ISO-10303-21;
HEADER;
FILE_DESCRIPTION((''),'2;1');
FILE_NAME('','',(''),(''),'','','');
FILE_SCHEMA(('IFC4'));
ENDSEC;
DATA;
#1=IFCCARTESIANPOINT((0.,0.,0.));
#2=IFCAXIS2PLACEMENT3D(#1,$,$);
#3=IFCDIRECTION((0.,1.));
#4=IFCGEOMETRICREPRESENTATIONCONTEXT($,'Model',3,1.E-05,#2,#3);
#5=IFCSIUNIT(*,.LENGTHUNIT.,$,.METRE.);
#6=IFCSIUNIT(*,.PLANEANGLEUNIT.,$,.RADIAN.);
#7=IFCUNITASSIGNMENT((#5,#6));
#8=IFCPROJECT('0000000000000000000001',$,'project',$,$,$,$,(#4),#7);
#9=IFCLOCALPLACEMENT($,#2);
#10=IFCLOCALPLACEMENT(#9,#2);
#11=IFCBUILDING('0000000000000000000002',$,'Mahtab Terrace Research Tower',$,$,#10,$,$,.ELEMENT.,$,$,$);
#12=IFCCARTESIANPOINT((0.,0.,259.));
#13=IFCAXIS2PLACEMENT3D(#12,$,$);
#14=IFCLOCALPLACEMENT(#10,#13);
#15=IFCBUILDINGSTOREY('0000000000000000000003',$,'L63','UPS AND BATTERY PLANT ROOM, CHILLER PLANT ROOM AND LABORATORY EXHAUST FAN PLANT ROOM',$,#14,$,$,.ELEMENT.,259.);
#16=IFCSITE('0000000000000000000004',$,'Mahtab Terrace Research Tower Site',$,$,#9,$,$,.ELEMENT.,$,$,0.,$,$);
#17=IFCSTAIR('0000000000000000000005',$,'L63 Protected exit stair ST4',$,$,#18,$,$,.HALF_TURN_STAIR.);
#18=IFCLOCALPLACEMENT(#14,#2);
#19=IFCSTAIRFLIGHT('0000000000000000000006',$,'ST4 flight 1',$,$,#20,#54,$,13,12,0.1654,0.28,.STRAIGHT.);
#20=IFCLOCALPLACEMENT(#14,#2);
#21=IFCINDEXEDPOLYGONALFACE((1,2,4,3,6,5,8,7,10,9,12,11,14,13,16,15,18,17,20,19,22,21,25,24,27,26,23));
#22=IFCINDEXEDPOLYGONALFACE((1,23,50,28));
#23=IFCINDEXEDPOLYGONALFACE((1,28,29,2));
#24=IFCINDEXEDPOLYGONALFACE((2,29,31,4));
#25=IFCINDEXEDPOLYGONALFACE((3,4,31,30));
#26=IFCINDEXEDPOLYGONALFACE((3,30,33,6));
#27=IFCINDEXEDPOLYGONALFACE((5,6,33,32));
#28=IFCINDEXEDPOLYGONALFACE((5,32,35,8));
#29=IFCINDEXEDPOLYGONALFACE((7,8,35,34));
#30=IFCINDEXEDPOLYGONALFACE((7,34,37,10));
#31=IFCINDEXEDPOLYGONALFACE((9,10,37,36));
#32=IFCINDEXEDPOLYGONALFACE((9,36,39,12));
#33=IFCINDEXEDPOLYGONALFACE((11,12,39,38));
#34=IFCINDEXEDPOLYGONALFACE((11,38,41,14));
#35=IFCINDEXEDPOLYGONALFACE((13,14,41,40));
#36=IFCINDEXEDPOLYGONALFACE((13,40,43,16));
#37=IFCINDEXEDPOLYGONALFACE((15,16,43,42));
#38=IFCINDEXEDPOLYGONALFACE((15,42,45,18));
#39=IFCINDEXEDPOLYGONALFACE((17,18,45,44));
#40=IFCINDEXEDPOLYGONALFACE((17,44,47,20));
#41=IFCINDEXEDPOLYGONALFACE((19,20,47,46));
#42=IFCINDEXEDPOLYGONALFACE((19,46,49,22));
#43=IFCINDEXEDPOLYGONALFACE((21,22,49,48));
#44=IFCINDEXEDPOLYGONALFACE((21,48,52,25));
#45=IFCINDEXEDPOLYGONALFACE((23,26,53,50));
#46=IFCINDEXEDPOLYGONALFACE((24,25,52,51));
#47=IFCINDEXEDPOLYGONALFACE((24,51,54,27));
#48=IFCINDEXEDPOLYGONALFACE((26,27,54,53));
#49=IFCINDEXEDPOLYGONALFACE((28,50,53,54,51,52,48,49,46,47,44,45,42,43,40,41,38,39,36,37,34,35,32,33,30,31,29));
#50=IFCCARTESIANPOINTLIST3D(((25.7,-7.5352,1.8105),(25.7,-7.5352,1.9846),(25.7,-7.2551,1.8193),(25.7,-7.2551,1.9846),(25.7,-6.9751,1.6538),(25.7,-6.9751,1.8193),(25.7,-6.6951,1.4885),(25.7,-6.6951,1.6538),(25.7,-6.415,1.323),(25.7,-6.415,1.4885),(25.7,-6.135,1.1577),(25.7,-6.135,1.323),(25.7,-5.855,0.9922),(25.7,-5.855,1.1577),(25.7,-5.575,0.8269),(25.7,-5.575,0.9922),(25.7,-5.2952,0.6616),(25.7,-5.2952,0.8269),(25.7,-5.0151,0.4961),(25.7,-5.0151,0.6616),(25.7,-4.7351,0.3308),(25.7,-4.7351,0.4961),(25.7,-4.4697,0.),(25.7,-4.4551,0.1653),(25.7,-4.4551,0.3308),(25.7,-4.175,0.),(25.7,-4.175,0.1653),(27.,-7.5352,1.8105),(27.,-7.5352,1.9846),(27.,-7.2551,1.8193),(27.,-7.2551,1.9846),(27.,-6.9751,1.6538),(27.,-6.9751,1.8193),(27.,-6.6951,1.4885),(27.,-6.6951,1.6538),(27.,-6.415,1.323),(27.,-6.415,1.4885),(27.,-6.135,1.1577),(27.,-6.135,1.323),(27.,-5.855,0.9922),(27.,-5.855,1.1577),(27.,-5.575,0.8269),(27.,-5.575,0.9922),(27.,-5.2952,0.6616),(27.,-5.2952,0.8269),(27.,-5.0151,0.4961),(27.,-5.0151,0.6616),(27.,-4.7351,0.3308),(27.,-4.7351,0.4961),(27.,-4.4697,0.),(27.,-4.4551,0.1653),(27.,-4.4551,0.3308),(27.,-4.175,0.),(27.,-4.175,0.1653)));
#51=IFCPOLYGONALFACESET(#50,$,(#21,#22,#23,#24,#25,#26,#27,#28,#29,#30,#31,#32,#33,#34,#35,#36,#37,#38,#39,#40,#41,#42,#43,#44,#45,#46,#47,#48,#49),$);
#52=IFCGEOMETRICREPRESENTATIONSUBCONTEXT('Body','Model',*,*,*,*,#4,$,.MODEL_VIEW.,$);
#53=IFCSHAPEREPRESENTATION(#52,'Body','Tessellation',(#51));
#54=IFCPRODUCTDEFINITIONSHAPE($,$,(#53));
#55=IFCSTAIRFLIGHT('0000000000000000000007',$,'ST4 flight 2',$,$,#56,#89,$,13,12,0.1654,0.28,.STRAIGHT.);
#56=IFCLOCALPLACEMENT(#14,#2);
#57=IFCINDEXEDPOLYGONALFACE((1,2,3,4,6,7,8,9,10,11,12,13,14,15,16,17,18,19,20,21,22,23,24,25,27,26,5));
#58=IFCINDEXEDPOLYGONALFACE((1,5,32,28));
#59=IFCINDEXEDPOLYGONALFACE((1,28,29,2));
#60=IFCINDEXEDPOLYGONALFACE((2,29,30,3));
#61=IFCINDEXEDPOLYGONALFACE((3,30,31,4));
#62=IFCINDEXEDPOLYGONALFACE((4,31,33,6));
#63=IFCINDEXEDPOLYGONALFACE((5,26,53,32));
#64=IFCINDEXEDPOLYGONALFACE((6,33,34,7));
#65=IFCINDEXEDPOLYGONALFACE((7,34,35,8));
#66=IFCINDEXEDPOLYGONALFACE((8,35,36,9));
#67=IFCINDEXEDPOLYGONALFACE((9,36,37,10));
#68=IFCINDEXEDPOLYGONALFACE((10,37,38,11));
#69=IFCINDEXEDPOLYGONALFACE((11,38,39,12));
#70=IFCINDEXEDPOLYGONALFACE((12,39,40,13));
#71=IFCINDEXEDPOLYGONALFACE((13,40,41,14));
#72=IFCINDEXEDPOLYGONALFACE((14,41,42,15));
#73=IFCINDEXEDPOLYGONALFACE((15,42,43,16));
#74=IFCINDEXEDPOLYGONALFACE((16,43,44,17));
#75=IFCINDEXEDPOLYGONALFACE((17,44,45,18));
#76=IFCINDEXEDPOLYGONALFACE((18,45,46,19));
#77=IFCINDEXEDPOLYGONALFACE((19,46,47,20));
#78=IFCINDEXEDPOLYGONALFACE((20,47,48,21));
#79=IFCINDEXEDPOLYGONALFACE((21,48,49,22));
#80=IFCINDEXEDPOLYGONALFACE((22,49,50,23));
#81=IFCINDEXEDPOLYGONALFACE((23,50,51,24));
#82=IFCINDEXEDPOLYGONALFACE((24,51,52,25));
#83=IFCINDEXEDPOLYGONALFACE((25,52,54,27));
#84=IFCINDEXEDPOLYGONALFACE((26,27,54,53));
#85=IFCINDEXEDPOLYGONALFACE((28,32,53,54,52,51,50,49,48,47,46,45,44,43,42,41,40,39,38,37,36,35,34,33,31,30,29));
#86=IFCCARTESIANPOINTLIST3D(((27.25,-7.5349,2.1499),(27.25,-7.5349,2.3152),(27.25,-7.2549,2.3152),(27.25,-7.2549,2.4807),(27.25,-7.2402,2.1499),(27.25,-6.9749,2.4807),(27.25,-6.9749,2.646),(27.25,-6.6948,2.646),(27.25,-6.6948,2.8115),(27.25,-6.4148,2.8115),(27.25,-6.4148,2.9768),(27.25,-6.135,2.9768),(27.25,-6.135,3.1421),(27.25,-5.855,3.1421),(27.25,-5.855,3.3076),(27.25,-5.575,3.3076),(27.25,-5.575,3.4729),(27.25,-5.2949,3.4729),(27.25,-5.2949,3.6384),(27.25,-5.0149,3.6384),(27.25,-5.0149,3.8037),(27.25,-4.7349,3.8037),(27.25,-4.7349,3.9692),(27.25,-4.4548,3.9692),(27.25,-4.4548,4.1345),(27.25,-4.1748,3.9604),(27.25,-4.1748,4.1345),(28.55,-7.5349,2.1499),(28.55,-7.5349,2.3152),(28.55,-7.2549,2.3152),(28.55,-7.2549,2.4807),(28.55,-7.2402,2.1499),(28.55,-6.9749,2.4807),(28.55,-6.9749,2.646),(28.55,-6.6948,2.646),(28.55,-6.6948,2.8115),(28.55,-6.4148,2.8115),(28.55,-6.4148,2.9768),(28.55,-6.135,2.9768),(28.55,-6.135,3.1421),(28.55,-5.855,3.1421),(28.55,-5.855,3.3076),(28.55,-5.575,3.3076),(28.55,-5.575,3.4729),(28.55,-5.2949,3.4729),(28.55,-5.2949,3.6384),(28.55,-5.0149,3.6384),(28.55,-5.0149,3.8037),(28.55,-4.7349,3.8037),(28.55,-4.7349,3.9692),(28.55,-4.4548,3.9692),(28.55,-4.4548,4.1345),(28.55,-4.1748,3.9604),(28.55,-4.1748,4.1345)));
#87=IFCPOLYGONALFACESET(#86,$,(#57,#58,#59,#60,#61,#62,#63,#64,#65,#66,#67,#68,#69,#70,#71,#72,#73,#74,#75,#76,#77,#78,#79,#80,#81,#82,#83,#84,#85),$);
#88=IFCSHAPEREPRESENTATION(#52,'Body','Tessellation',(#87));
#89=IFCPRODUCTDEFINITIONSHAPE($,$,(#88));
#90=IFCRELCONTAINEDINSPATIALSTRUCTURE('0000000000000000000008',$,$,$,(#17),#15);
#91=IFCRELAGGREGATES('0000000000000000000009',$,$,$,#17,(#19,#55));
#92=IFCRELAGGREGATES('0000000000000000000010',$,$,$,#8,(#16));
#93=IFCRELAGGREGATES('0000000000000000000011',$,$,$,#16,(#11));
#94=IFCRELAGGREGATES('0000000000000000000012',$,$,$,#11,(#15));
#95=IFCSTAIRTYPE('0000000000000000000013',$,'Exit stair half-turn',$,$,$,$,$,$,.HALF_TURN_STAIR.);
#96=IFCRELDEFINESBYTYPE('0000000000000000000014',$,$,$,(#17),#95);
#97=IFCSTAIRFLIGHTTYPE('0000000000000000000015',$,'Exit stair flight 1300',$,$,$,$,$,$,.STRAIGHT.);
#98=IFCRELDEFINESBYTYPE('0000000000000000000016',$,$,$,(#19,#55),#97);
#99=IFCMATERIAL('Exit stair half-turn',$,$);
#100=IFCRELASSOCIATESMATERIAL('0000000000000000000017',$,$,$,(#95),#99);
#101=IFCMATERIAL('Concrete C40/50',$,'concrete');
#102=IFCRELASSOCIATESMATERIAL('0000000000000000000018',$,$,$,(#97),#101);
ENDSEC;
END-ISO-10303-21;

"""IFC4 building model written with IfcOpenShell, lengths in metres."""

from ifc_helpers import new_model, si_unit, direction, frame, origin, place, context, subcontext, project, spatial, polyline, outline, extrude, material, type_object, element, aggregate, save


model = new_model("IFC4")

# Units and contexts
model_context = context("Model", 3, precision=1e-05, world=origin(), true_north=direction((0.0, 1.0)))
body_context = subcontext(model_context, "Body", "Model", "MODEL_VIEW")
ifc_project = project(units=[si_unit("LENGTHUNIT", "METRE"), si_unit("PLANEANGLEUNIT", "RADIAN")], contexts=[model_context])

# Site, building, storey
site_placement = place(None, origin())
site = spatial("IfcSite", under=ifc_project, at=site_placement, Name="Mahtab Terrace Research Tower Site", CompositionType="ELEMENT", RefElevation=0.0)
building_placement = place(site_placement, origin())
building = spatial("IfcBuilding", under=site, at=building_placement, Name="Mahtab Terrace Research Tower", CompositionType="ELEMENT")
storey_placement = place(building_placement, frame((0.0, 0.0, 259.0)))
storey = spatial("IfcBuildingStorey", under=building, at=storey_placement, Name="L63", Description="UPS AND BATTERY PLANT ROOM, CHILLER PLANT ROOM AND LABORATORY EXHAUST FAN PLANT ROOM", CompositionType="ELEMENT", Elevation=259.0)

# Stair, stair flights
ifc_material_1 = material(Name="Exit stair half-turn")
stair_type = type_object("IfcStairType", Name="Exit stair half-turn", PredefinedType="HALF_TURN_STAIR", material=ifc_material_1)
stair_placement = place(storey_placement, origin())
stair = element("IfcStair", 1, at=stair_placement, inside=storey, type_object=stair_type, Name="L63 Protected exit stair ST4", PredefinedType="HALF_TURN_STAIR")
ifc_material_2 = material(Name="Concrete C40/50", Category="concrete")
stair_flight_type = type_object("IfcStairFlightType", Name="Exit stair flight 1300", PredefinedType="STRAIGHT", material=ifc_material_2)
stair_flight_1_placement = place(storey_placement, frame((26.3501, -4.175, 0.0), z_axis=(0.0, 0.0, 1.0), x_axis=(0.0, -1.0, 0.0)))
stair_flight_1 = element("IfcStairFlight", 2, at=stair_flight_1_placement, type_object=stair_flight_type, Name="ST4 flight 1", NumberOfRisers=13, NumberOfTreads=12, PredefinedType="STRAIGHT", RiserHeight=0.1654, TreadLength=0.28, context=body_context, shape_type="SweptSolid", body=[
    extrude(outline(polyline([(0.0, 0.0), (0.0, 0.1653), (0.28, 0.1653), (0.28, 0.3308), (0.5601, 0.3308), (0.5601, 0.4961), (0.8401, 0.4961), (0.8401, 0.6616), (1.1201, 0.6616), (1.1201, 0.8269), (1.3999, 0.8269), (1.3999, 0.9922), (1.6799, 0.9922), (1.6799, 1.1577), (1.96, 1.1577), (1.96, 1.323), (2.24, 1.323), (2.24, 1.4885), (2.52, 1.4885), (2.52, 1.6538), (2.8, 1.6538), (2.8, 1.8193), (3.0801, 1.8193), (3.0801, 1.9846), (3.3601, 1.9846), (3.3601, 2.1499), (3.3601, 1.8105), (0.2947, 0.0), (0.0, 0.0)])), frame((0.0, 0.6499, 0.0), z_axis=(0.0, -1.0, 0.0), x_axis=(1.0, 0.0, 0.0)), (0.0, 0.0, 1.0), 1.3),
])
stair_flight_2_placement = place(storey_placement, frame((27.8999, -7.5349, 2.1499), z_axis=(0.0, 0.0, 1.0), x_axis=(0.0, 1.0, 0.0)))
stair_flight_2 = element("IfcStairFlight", 3, at=stair_flight_2_placement, type_object=stair_flight_type, Name="ST4 flight 2", NumberOfRisers=13, NumberOfTreads=12, PredefinedType="STRAIGHT", RiserHeight=0.1654, TreadLength=0.28, context=body_context, shape_type="SweptSolid", body=[
    extrude(outline(polyline([(0.0, 0.0), (0.0, 0.1653), (0.28, 0.1653), (0.28, 0.3308), (0.5601, 0.3308), (0.5601, 0.4961), (0.8401, 0.4961), (0.8401, 0.6616), (1.1201, 0.6616), (1.1201, 0.8269), (1.3999, 0.8269), (1.3999, 0.9922), (1.6799, 0.9922), (1.6799, 1.1577), (1.96, 1.1577), (1.96, 1.323), (2.24, 1.323), (2.24, 1.4885), (2.52, 1.4885), (2.52, 1.6538), (2.8, 1.6538), (2.8, 1.8193), (3.0801, 1.8193), (3.0801, 1.9846), (3.3601, 1.9846), (3.3601, 2.1499), (3.3601, 1.8105), (0.2947, 0.0), (0.0, 0.0)])), frame((0.0, 0.6499, 0.0), z_axis=(0.0, -1.0, 0.0), x_axis=(1.0, 0.0, 0.0)), (0.0, 0.0, 1.0), 1.3),
])
aggregate(stair, [stair_flight_1, stair_flight_2])

save(model, "model.ifc")
